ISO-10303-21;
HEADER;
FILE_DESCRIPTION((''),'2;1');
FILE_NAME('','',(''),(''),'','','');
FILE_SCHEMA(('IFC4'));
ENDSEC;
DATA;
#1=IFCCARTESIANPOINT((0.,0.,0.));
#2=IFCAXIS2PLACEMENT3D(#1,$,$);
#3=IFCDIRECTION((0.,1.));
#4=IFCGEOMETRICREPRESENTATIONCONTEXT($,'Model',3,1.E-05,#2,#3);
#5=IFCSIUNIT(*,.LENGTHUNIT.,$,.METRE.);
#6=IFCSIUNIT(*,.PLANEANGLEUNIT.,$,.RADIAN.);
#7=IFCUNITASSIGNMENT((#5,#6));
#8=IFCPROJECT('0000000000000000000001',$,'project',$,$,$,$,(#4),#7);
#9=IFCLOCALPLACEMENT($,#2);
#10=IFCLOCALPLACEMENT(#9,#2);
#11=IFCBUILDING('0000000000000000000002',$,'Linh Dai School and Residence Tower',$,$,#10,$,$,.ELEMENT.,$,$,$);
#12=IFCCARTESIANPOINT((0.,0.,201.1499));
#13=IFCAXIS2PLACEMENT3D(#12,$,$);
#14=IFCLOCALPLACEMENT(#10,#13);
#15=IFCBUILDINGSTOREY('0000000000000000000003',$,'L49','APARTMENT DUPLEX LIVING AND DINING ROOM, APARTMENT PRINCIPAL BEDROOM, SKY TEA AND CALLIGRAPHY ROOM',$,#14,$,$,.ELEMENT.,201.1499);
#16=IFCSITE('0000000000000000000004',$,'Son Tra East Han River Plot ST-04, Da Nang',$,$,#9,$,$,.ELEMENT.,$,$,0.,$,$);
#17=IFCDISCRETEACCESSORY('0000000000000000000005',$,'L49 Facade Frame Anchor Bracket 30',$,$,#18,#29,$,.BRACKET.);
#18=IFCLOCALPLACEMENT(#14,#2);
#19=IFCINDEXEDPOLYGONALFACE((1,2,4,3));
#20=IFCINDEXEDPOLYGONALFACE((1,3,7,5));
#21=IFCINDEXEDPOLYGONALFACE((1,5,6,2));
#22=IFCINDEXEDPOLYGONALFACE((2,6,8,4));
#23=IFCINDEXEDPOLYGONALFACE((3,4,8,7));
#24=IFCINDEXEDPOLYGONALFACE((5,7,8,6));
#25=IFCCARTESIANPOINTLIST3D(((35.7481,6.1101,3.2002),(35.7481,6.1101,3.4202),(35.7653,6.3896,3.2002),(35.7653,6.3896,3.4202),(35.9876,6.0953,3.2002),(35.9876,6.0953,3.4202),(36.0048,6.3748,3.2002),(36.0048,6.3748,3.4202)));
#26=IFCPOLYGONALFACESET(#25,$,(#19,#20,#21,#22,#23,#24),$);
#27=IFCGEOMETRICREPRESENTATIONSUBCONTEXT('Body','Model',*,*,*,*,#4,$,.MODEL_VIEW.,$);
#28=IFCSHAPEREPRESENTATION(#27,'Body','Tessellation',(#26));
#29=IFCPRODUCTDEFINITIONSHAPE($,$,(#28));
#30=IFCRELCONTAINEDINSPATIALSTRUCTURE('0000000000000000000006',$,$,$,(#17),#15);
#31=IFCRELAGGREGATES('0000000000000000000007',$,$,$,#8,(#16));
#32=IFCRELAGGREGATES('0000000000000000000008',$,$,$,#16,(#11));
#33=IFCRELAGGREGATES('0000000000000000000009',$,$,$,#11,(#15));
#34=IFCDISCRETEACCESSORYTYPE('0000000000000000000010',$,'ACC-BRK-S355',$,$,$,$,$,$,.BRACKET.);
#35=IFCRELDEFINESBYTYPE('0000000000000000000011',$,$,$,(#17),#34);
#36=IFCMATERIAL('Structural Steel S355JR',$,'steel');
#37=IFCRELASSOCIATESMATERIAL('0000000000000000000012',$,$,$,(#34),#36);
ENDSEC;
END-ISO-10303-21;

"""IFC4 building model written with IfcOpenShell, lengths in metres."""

from ifc_helpers import new_model, si_unit, direction, frame, origin, origin_2d, place, context, subcontext, project, spatial, rectangle, extrude, source, transform, mapped, material, type_object, element, save


model = new_model("IFC4")

# Units and contexts
model_context = context("Model", 3, precision=1e-05, world=origin(), true_north=direction((0.0, 1.0)))
body_context = subcontext(model_context, "Body", "Model", "MODEL_VIEW")
ifc_project = project(units=[si_unit("LENGTHUNIT", "METRE"), si_unit("PLANEANGLEUNIT", "RADIAN")], contexts=[model_context])

# Site, building, storey
site_placement = place(None, origin())
site = spatial("IfcSite", under=ifc_project, at=site_placement, Name="Son Tra East Han River Plot ST-04, Da Nang", CompositionType="ELEMENT", RefElevation=0.0)
building_placement = place(site_placement, origin())
building = spatial("IfcBuilding", under=site, at=building_placement, Name="Linh Dai School and Residence Tower", CompositionType="ELEMENT")
storey_placement = place(building_placement, frame((0.0, 0.0, 201.1499)))
storey = spatial("IfcBuildingStorey", under=building, at=storey_placement, Name="L49", Description="APARTMENT DUPLEX LIVING AND DINING ROOM, APARTMENT PRINCIPAL BEDROOM, SKY TEA AND CALLIGRAPHY ROOM", CompositionType="ELEMENT", Elevation=201.1499)

# Shared definitions
ifc_material_1 = material(Name="Structural Steel S355JR", Category="steel")

# Discrete accessory
discrete_accessory_type = type_object("IfcDiscreteAccessoryType", Name="ACC-BRK-S355", PredefinedType="BRACKET", material=ifc_material_1)
shared_shape_1 = source(origin(), body_context, "Body", "SweptSolid", [
    extrude(rectangle(XDim=0.28, YDim=0.24, at=origin_2d()), origin(), (0.0, 0.0, 1.0), 0.22),
])
discrete_accessory_placement = place(storey_placement, frame((35.8765, 6.2424, 3.2002), z_axis=(0.0, 0.0, 1.0), x_axis=(-0.061512, -0.998106, 0.0)))
element("IfcDiscreteAccessory", 1, at=discrete_accessory_placement, inside=storey, type_object=discrete_accessory_type, Name="L49 Facade Frame Anchor Bracket 30", PredefinedType="BRACKET", context=body_context, shape_type="MappedRepresentation", body=[
    mapped(shared_shape_1, transform((0.0, 0.0, 0.0), x_axis=(1.0, 0.0, 0.0), y_axis=(0.0, 1.0, 0.0), z_axis=(0.0, 0.0, 1.0), scale=1.0)),
])

save(model, "model.ifc")
